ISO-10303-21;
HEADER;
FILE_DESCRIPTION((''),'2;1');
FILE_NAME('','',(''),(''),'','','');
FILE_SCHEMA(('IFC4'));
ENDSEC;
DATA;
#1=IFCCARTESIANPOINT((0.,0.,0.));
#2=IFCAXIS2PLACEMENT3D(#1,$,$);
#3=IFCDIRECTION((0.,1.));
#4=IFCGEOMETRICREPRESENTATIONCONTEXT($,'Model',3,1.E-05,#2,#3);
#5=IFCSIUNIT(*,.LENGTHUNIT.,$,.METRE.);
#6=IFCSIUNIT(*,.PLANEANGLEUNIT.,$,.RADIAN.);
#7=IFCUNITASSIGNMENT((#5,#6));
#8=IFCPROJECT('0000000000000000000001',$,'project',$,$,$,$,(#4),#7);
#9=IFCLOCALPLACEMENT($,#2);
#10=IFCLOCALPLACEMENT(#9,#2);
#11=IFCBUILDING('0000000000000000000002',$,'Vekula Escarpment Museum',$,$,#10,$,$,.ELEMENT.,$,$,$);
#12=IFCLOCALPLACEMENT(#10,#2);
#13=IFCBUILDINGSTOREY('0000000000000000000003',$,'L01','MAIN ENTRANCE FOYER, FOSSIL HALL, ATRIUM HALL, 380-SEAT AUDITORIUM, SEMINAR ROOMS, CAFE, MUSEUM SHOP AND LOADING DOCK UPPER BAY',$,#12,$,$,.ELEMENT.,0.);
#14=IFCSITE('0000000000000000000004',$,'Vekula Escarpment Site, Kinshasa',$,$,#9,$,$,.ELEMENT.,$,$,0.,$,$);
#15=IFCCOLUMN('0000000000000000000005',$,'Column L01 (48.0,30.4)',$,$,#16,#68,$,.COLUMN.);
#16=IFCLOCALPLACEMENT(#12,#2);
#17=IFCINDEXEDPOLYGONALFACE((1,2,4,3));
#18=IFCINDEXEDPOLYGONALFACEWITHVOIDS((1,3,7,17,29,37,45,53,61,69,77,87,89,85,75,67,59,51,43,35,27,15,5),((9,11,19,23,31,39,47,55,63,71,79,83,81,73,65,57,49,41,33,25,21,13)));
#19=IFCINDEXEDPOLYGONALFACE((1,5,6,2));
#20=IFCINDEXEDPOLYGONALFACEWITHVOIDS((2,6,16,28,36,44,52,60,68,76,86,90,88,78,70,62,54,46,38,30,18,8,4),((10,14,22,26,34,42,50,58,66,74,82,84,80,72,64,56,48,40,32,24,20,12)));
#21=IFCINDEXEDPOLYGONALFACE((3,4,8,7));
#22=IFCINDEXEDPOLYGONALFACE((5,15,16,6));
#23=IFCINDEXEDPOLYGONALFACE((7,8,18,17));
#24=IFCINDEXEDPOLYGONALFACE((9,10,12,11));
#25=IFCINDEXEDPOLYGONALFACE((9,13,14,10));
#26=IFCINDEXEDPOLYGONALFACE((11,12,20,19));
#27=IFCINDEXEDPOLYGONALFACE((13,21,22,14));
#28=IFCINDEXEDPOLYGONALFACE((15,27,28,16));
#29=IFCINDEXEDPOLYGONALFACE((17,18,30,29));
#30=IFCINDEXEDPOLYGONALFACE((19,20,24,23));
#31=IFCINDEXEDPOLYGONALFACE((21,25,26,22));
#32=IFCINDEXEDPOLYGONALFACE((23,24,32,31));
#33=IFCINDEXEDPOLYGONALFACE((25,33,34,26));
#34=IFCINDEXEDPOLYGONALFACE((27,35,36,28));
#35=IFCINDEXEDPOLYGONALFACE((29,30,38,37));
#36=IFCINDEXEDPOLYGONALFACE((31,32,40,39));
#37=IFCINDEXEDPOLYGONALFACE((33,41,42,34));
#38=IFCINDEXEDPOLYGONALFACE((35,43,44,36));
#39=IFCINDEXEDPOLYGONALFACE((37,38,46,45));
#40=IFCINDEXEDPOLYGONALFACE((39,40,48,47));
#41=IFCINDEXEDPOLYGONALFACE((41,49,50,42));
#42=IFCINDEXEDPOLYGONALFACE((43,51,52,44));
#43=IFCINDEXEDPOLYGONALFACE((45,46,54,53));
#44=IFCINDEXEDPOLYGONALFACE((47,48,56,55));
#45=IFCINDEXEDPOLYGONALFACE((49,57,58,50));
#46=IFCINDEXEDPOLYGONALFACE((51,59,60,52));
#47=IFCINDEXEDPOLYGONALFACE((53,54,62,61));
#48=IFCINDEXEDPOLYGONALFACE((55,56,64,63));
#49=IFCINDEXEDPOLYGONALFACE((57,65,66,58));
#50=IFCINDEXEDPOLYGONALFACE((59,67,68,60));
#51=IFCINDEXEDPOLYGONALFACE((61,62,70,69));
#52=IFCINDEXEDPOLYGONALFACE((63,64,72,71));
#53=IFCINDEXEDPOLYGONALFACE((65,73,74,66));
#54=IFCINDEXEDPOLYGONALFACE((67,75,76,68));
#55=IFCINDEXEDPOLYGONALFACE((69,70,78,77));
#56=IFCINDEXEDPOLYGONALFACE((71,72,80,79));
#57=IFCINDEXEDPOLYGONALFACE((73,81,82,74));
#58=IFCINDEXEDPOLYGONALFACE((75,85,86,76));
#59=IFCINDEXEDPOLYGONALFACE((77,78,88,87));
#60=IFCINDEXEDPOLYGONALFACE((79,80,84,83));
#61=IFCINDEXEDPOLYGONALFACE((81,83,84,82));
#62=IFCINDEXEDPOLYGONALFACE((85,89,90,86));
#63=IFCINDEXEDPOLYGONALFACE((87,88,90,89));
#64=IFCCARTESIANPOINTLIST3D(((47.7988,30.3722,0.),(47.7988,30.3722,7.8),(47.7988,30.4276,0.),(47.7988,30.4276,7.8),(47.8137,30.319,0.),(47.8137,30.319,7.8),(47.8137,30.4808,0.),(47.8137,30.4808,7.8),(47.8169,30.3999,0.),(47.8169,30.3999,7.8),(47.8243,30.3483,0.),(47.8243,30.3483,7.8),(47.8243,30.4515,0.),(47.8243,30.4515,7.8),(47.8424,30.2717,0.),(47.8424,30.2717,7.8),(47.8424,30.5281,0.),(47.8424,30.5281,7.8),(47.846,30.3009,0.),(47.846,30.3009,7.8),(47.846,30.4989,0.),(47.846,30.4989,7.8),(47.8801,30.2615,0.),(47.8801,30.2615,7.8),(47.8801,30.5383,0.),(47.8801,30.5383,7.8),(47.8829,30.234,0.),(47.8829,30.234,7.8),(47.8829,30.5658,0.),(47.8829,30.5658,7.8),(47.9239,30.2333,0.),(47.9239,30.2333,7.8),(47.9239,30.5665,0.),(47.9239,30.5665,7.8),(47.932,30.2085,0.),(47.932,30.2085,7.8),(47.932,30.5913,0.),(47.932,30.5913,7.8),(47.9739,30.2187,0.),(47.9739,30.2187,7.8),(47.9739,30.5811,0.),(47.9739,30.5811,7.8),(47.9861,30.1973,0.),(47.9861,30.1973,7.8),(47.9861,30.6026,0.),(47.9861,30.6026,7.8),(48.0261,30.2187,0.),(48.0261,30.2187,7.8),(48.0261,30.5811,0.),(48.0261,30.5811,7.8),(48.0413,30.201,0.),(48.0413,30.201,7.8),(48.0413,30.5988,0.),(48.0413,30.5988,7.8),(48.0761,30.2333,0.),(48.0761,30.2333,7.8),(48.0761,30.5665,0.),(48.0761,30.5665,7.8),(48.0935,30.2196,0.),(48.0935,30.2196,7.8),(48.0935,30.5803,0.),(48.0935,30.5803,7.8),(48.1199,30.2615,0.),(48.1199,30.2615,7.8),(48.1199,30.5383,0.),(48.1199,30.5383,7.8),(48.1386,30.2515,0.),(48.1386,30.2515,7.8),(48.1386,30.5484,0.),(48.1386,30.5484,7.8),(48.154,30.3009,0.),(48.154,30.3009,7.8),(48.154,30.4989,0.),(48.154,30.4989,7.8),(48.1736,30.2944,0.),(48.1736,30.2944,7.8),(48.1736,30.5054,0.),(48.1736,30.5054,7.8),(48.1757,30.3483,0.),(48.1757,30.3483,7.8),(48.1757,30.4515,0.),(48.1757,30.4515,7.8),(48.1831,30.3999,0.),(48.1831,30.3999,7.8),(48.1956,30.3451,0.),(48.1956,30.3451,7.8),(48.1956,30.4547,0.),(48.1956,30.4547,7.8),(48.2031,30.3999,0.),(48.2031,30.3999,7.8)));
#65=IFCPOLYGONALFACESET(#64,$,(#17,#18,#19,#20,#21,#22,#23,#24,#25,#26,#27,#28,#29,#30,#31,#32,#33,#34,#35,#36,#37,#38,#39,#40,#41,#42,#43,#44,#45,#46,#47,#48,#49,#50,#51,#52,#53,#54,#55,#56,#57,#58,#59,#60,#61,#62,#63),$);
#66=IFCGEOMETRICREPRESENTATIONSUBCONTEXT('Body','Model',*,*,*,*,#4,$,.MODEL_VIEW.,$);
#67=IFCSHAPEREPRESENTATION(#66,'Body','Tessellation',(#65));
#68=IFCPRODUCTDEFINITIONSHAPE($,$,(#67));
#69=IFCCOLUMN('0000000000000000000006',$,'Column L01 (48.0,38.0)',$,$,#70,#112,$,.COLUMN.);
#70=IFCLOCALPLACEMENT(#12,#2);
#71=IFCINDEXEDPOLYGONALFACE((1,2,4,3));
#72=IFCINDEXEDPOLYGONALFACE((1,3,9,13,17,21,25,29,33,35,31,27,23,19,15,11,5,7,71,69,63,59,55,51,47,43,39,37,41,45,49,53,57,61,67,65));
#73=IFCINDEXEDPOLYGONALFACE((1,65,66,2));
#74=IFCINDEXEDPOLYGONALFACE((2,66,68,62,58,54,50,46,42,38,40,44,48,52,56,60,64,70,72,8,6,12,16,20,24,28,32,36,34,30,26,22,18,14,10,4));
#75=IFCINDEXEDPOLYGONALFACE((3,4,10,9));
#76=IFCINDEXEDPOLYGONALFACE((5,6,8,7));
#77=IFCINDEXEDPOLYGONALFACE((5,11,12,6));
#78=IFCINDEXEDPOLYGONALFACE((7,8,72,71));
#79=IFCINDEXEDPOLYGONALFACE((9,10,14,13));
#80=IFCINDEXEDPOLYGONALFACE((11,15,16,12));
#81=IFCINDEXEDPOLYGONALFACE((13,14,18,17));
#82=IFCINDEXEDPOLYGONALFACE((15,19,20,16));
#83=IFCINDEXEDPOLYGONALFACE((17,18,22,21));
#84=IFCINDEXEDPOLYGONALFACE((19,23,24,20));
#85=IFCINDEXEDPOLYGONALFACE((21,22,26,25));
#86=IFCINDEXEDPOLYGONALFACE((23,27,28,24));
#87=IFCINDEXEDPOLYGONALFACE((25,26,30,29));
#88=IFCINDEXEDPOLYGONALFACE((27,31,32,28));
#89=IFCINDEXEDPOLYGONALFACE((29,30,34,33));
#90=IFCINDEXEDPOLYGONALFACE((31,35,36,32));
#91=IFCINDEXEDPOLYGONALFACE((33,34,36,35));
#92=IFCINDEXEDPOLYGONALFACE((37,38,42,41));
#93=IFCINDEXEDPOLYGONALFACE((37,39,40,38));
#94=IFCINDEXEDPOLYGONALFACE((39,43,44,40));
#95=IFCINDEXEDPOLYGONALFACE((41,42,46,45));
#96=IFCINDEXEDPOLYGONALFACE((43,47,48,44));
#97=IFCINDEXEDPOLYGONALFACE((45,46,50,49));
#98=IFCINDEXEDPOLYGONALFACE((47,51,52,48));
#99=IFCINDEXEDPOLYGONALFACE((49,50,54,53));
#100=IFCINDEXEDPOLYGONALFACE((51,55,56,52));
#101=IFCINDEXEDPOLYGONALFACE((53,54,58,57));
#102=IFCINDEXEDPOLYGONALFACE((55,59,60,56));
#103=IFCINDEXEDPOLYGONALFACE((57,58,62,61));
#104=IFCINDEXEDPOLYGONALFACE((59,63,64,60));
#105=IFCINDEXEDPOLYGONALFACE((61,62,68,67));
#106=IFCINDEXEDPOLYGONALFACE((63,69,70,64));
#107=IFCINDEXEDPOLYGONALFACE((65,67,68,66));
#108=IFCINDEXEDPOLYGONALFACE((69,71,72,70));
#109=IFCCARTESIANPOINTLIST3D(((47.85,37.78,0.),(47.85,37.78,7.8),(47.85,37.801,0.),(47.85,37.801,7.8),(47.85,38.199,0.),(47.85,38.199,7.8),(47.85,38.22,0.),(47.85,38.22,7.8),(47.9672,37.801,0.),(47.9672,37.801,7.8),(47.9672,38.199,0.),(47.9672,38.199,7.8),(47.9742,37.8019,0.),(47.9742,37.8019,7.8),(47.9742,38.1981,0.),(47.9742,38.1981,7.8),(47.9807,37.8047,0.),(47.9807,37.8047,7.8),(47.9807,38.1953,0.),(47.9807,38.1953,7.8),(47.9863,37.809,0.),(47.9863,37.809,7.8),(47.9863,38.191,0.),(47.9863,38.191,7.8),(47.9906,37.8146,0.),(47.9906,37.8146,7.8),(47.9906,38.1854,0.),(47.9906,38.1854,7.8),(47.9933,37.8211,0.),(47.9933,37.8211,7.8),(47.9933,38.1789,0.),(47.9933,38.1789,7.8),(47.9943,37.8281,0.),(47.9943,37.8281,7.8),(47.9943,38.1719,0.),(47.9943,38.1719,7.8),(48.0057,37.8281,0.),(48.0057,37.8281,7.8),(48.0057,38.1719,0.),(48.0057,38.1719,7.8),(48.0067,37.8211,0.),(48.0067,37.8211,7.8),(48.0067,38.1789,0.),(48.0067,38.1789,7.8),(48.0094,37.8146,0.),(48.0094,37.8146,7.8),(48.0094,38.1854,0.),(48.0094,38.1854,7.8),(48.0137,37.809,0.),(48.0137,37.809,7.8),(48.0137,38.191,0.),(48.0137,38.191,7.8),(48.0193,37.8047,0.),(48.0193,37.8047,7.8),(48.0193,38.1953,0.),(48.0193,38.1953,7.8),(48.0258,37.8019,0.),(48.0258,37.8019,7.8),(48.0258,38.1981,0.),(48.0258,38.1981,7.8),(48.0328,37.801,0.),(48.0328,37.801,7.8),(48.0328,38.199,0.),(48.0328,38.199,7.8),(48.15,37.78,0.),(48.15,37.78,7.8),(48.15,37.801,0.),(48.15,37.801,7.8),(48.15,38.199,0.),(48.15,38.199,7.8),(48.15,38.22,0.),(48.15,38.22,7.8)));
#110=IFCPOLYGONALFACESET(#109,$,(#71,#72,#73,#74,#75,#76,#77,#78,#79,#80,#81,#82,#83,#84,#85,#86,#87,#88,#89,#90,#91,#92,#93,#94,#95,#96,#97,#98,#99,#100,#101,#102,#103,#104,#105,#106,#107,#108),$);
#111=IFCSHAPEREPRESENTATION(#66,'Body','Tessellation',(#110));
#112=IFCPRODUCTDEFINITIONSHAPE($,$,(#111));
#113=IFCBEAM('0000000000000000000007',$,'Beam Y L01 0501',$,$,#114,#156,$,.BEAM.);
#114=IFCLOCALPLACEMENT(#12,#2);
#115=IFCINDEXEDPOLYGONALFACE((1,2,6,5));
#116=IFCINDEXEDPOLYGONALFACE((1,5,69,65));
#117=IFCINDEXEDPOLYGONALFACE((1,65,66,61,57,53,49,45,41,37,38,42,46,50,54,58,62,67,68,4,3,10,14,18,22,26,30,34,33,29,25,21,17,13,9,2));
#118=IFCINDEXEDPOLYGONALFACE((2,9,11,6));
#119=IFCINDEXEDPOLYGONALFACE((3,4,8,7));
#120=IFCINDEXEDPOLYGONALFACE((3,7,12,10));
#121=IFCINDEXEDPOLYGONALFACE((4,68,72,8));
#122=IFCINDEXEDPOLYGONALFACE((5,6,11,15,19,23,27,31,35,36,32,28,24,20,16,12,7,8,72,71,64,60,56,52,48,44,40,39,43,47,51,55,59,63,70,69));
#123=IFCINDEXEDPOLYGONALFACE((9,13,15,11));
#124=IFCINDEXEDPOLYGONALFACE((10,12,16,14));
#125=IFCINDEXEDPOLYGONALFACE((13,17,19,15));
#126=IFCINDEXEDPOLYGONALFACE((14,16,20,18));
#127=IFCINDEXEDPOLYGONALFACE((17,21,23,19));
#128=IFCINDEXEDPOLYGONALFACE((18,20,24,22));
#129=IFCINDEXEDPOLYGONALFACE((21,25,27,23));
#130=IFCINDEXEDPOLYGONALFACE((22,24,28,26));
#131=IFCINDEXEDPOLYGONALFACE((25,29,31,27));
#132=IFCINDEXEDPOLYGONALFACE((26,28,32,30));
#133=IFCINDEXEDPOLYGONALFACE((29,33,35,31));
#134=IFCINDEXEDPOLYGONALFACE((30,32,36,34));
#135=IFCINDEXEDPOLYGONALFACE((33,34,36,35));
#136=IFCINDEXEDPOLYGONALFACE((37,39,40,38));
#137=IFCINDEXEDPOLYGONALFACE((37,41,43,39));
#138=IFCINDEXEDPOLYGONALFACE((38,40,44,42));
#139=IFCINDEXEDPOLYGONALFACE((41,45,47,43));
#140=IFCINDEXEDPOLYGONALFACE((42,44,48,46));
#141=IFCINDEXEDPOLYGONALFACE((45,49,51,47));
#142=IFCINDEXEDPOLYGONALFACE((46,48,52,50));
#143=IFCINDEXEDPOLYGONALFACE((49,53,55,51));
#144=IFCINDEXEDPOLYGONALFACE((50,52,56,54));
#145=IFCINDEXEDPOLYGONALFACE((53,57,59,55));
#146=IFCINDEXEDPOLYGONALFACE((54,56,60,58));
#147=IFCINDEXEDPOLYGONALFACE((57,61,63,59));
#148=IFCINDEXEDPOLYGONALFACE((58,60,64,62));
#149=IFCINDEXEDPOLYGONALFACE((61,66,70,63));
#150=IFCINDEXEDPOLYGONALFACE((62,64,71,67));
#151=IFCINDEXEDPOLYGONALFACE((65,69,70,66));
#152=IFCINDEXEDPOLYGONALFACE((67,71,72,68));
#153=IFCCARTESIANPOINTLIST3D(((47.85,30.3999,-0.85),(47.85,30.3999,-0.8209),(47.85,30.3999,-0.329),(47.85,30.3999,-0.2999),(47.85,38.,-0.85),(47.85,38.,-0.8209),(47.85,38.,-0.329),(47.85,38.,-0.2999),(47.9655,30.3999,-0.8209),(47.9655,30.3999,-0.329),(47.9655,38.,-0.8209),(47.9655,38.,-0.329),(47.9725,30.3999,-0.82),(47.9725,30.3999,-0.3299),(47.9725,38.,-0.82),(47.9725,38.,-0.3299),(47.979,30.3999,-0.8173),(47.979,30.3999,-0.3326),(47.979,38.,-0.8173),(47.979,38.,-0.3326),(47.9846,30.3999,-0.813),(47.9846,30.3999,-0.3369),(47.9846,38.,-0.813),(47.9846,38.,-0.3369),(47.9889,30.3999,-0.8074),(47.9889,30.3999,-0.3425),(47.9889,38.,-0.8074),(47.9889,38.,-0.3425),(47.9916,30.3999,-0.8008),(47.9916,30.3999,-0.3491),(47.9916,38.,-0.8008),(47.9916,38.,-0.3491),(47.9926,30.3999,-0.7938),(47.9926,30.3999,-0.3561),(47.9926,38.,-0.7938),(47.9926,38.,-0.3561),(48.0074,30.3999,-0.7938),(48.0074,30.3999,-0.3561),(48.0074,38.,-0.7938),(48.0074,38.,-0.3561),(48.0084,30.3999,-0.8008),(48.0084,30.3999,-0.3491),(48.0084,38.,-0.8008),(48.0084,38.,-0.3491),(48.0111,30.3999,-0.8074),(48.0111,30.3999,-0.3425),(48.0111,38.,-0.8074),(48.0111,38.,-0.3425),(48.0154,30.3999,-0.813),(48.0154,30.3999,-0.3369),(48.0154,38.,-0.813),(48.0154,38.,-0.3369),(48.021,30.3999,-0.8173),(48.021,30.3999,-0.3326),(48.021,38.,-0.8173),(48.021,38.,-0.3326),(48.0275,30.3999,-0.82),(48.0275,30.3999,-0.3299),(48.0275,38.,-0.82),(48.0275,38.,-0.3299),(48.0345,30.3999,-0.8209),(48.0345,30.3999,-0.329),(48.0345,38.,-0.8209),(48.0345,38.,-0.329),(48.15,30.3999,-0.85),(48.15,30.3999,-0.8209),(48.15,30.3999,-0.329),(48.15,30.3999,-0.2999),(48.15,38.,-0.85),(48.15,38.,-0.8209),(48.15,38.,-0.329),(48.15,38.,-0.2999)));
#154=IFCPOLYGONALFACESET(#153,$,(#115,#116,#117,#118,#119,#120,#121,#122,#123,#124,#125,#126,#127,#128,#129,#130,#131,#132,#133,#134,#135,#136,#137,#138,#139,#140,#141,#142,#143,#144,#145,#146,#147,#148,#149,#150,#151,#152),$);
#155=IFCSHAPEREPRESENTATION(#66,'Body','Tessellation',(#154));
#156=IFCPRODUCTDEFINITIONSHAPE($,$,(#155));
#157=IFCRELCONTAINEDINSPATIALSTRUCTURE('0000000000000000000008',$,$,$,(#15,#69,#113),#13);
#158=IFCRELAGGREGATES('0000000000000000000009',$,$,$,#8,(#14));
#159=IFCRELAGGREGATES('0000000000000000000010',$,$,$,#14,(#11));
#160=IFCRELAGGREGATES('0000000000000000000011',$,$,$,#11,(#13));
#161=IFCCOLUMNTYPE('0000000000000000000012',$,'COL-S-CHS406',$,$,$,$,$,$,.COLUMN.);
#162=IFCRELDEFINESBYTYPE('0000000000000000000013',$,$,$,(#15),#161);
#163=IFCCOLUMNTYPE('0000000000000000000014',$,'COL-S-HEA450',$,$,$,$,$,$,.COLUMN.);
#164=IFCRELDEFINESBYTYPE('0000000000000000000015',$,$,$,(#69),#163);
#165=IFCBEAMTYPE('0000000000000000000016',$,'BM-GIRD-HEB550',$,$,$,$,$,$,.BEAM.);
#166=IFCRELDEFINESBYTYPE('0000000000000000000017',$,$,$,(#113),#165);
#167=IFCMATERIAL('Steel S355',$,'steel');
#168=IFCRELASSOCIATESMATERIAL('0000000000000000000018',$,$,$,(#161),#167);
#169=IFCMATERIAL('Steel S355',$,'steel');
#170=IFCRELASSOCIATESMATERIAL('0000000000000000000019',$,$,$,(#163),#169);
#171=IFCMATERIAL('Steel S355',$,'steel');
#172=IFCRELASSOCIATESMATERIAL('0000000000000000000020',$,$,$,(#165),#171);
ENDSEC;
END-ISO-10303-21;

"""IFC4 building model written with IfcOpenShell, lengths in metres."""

from ifc_helpers import new_model, si_unit, direction, frame, origin, origin_2d, place, context, subcontext, project, spatial, hollow_circle, i_section, extrude, material, material_profile, profile_set, type_object, element, save


model = new_model("IFC4")

# Units and contexts
model_context = context("Model", 3, precision=1e-05, world=origin(), true_north=direction((0.0, 1.0)))
body_context = subcontext(model_context, "Body", "Model", "MODEL_VIEW")
ifc_project = project(units=[si_unit("LENGTHUNIT", "METRE"), si_unit("PLANEANGLEUNIT", "RADIAN")], contexts=[model_context])

# Site, building, storey
site_placement = place(None, origin())
site = spatial("IfcSite", under=ifc_project, at=site_placement, Name="Vekula Escarpment Site, Kinshasa", CompositionType="ELEMENT", RefElevation=0.0)
building_placement = place(site_placement, origin())
building = spatial("IfcBuilding", under=site, at=building_placement, Name="Vekula Escarpment Museum", CompositionType="ELEMENT")
storey_placement = place(building_placement, origin())
storey = spatial("IfcBuildingStorey", under=building, at=storey_placement, Name="L01", Description="MAIN ENTRANCE FOYER, FOSSIL HALL, ATRIUM HALL, 380-SEAT AUDITORIUM, SEMINAR ROOMS, CAFE, MUSEUM SHOP AND LOADING DOCK UPPER BAY", CompositionType="ELEMENT", Elevation=0.0)

# Columns
ifc_material_1 = material(Name="Steel S355", Category="steel")
ifc_material_profile_1 = material_profile(ifc_material_1, hollow_circle(Radius=0.2031, WallThickness=0.02, at=origin_2d()), Name="CHS 406.4x20")
ifc_profile_set_1 = profile_set([ifc_material_profile_1], Name="Steel S355")
column_type_1 = type_object("IfcColumnType", Name="COL-S-CHS406", PredefinedType="COLUMN", material=ifc_profile_set_1)
column_1_placement = place(storey_placement, frame((48.0, 30.3999, 0.0), z_axis=(0.0, 0.0, 1.0), x_axis=(1.0, 0.0, 0.0)))
element("IfcColumn", 1, at=column_1_placement, inside=storey, type_object=column_type_1, Name="Column L01 (48.0,30.4)", PredefinedType="COLUMN", context=body_context, shape_type="SweptSolid", body=[
    extrude(hollow_circle(Radius=0.2031, WallThickness=0.02, at=origin_2d()), origin(), (0.0, 0.0, 1.0), 7.8),
])
ifc_material_2 = material(Name="Steel S355", Category="steel")
ifc_material_profile_2 = material_profile(ifc_material_2, i_section(OverallWidth=0.3, OverallDepth=0.4399, WebThickness=0.0115, FlangeThickness=0.021, FilletRadius=0.0271, at=origin_2d()), Name="HEA 450")
ifc_profile_set_2 = profile_set([ifc_material_profile_2], Name="Steel S355")
column_type_2 = type_object("IfcColumnType", Name="COL-S-HEA450", PredefinedType="COLUMN", material=ifc_profile_set_2)
column_2_placement = place(storey_placement, frame((48.0, 38.0, 0.0), z_axis=(0.0, 0.0, 1.0), x_axis=(1.0, 0.0, 0.0)))
element("IfcColumn", 2, at=column_2_placement, inside=storey, type_object=column_type_2, Name="Column L01 (48.0,38.0)", PredefinedType="COLUMN", context=body_context, shape_type="SweptSolid", body=[
    extrude(i_section(OverallWidth=0.3, OverallDepth=0.4399, WebThickness=0.0115, FlangeThickness=0.021, FilletRadius=0.0271, at=origin_2d()), origin(), (0.0, 0.0, 1.0), 7.8),
])

# Beam
ifc_material_3 = material(Name="Steel S355", Category="steel")
ifc_material_profile_3 = material_profile(ifc_material_3, i_section(OverallWidth=0.3, OverallDepth=0.55, WebThickness=0.0149, FlangeThickness=0.0291, FilletRadius=0.0271, at=origin_2d()), Name="HEB 550")
ifc_profile_set_3 = profile_set([ifc_material_profile_3], Name="Steel S355")
beam_type_1 = type_object("IfcBeamType", Name="BM-GIRD-HEB550", PredefinedType="BEAM", material=ifc_profile_set_3)
for number, where, z_axis, x_axis, name in (
    (3, (48.0, 30.3999, -0.575), (0.0, 1.0, 0.0), (-1.0, 0.0, 0.0), "Beam Y L01 0501"),
):
    element("IfcBeam", number, at=place(storey_placement, frame(where, z_axis=z_axis, x_axis=x_axis)), inside=storey, type_object=beam_type_1, Name=name, PredefinedType="BEAM", context=body_context, shape_type="SweptSolid", body=[
        extrude(i_section(OverallWidth=0.3, OverallDepth=0.55, WebThickness=0.0149, FlangeThickness=0.0291, FilletRadius=0.0271, at=origin_2d()), origin(), (0.0, 0.0, 1.0), 7.6001),
    ])

save(model, "model.ifc")
